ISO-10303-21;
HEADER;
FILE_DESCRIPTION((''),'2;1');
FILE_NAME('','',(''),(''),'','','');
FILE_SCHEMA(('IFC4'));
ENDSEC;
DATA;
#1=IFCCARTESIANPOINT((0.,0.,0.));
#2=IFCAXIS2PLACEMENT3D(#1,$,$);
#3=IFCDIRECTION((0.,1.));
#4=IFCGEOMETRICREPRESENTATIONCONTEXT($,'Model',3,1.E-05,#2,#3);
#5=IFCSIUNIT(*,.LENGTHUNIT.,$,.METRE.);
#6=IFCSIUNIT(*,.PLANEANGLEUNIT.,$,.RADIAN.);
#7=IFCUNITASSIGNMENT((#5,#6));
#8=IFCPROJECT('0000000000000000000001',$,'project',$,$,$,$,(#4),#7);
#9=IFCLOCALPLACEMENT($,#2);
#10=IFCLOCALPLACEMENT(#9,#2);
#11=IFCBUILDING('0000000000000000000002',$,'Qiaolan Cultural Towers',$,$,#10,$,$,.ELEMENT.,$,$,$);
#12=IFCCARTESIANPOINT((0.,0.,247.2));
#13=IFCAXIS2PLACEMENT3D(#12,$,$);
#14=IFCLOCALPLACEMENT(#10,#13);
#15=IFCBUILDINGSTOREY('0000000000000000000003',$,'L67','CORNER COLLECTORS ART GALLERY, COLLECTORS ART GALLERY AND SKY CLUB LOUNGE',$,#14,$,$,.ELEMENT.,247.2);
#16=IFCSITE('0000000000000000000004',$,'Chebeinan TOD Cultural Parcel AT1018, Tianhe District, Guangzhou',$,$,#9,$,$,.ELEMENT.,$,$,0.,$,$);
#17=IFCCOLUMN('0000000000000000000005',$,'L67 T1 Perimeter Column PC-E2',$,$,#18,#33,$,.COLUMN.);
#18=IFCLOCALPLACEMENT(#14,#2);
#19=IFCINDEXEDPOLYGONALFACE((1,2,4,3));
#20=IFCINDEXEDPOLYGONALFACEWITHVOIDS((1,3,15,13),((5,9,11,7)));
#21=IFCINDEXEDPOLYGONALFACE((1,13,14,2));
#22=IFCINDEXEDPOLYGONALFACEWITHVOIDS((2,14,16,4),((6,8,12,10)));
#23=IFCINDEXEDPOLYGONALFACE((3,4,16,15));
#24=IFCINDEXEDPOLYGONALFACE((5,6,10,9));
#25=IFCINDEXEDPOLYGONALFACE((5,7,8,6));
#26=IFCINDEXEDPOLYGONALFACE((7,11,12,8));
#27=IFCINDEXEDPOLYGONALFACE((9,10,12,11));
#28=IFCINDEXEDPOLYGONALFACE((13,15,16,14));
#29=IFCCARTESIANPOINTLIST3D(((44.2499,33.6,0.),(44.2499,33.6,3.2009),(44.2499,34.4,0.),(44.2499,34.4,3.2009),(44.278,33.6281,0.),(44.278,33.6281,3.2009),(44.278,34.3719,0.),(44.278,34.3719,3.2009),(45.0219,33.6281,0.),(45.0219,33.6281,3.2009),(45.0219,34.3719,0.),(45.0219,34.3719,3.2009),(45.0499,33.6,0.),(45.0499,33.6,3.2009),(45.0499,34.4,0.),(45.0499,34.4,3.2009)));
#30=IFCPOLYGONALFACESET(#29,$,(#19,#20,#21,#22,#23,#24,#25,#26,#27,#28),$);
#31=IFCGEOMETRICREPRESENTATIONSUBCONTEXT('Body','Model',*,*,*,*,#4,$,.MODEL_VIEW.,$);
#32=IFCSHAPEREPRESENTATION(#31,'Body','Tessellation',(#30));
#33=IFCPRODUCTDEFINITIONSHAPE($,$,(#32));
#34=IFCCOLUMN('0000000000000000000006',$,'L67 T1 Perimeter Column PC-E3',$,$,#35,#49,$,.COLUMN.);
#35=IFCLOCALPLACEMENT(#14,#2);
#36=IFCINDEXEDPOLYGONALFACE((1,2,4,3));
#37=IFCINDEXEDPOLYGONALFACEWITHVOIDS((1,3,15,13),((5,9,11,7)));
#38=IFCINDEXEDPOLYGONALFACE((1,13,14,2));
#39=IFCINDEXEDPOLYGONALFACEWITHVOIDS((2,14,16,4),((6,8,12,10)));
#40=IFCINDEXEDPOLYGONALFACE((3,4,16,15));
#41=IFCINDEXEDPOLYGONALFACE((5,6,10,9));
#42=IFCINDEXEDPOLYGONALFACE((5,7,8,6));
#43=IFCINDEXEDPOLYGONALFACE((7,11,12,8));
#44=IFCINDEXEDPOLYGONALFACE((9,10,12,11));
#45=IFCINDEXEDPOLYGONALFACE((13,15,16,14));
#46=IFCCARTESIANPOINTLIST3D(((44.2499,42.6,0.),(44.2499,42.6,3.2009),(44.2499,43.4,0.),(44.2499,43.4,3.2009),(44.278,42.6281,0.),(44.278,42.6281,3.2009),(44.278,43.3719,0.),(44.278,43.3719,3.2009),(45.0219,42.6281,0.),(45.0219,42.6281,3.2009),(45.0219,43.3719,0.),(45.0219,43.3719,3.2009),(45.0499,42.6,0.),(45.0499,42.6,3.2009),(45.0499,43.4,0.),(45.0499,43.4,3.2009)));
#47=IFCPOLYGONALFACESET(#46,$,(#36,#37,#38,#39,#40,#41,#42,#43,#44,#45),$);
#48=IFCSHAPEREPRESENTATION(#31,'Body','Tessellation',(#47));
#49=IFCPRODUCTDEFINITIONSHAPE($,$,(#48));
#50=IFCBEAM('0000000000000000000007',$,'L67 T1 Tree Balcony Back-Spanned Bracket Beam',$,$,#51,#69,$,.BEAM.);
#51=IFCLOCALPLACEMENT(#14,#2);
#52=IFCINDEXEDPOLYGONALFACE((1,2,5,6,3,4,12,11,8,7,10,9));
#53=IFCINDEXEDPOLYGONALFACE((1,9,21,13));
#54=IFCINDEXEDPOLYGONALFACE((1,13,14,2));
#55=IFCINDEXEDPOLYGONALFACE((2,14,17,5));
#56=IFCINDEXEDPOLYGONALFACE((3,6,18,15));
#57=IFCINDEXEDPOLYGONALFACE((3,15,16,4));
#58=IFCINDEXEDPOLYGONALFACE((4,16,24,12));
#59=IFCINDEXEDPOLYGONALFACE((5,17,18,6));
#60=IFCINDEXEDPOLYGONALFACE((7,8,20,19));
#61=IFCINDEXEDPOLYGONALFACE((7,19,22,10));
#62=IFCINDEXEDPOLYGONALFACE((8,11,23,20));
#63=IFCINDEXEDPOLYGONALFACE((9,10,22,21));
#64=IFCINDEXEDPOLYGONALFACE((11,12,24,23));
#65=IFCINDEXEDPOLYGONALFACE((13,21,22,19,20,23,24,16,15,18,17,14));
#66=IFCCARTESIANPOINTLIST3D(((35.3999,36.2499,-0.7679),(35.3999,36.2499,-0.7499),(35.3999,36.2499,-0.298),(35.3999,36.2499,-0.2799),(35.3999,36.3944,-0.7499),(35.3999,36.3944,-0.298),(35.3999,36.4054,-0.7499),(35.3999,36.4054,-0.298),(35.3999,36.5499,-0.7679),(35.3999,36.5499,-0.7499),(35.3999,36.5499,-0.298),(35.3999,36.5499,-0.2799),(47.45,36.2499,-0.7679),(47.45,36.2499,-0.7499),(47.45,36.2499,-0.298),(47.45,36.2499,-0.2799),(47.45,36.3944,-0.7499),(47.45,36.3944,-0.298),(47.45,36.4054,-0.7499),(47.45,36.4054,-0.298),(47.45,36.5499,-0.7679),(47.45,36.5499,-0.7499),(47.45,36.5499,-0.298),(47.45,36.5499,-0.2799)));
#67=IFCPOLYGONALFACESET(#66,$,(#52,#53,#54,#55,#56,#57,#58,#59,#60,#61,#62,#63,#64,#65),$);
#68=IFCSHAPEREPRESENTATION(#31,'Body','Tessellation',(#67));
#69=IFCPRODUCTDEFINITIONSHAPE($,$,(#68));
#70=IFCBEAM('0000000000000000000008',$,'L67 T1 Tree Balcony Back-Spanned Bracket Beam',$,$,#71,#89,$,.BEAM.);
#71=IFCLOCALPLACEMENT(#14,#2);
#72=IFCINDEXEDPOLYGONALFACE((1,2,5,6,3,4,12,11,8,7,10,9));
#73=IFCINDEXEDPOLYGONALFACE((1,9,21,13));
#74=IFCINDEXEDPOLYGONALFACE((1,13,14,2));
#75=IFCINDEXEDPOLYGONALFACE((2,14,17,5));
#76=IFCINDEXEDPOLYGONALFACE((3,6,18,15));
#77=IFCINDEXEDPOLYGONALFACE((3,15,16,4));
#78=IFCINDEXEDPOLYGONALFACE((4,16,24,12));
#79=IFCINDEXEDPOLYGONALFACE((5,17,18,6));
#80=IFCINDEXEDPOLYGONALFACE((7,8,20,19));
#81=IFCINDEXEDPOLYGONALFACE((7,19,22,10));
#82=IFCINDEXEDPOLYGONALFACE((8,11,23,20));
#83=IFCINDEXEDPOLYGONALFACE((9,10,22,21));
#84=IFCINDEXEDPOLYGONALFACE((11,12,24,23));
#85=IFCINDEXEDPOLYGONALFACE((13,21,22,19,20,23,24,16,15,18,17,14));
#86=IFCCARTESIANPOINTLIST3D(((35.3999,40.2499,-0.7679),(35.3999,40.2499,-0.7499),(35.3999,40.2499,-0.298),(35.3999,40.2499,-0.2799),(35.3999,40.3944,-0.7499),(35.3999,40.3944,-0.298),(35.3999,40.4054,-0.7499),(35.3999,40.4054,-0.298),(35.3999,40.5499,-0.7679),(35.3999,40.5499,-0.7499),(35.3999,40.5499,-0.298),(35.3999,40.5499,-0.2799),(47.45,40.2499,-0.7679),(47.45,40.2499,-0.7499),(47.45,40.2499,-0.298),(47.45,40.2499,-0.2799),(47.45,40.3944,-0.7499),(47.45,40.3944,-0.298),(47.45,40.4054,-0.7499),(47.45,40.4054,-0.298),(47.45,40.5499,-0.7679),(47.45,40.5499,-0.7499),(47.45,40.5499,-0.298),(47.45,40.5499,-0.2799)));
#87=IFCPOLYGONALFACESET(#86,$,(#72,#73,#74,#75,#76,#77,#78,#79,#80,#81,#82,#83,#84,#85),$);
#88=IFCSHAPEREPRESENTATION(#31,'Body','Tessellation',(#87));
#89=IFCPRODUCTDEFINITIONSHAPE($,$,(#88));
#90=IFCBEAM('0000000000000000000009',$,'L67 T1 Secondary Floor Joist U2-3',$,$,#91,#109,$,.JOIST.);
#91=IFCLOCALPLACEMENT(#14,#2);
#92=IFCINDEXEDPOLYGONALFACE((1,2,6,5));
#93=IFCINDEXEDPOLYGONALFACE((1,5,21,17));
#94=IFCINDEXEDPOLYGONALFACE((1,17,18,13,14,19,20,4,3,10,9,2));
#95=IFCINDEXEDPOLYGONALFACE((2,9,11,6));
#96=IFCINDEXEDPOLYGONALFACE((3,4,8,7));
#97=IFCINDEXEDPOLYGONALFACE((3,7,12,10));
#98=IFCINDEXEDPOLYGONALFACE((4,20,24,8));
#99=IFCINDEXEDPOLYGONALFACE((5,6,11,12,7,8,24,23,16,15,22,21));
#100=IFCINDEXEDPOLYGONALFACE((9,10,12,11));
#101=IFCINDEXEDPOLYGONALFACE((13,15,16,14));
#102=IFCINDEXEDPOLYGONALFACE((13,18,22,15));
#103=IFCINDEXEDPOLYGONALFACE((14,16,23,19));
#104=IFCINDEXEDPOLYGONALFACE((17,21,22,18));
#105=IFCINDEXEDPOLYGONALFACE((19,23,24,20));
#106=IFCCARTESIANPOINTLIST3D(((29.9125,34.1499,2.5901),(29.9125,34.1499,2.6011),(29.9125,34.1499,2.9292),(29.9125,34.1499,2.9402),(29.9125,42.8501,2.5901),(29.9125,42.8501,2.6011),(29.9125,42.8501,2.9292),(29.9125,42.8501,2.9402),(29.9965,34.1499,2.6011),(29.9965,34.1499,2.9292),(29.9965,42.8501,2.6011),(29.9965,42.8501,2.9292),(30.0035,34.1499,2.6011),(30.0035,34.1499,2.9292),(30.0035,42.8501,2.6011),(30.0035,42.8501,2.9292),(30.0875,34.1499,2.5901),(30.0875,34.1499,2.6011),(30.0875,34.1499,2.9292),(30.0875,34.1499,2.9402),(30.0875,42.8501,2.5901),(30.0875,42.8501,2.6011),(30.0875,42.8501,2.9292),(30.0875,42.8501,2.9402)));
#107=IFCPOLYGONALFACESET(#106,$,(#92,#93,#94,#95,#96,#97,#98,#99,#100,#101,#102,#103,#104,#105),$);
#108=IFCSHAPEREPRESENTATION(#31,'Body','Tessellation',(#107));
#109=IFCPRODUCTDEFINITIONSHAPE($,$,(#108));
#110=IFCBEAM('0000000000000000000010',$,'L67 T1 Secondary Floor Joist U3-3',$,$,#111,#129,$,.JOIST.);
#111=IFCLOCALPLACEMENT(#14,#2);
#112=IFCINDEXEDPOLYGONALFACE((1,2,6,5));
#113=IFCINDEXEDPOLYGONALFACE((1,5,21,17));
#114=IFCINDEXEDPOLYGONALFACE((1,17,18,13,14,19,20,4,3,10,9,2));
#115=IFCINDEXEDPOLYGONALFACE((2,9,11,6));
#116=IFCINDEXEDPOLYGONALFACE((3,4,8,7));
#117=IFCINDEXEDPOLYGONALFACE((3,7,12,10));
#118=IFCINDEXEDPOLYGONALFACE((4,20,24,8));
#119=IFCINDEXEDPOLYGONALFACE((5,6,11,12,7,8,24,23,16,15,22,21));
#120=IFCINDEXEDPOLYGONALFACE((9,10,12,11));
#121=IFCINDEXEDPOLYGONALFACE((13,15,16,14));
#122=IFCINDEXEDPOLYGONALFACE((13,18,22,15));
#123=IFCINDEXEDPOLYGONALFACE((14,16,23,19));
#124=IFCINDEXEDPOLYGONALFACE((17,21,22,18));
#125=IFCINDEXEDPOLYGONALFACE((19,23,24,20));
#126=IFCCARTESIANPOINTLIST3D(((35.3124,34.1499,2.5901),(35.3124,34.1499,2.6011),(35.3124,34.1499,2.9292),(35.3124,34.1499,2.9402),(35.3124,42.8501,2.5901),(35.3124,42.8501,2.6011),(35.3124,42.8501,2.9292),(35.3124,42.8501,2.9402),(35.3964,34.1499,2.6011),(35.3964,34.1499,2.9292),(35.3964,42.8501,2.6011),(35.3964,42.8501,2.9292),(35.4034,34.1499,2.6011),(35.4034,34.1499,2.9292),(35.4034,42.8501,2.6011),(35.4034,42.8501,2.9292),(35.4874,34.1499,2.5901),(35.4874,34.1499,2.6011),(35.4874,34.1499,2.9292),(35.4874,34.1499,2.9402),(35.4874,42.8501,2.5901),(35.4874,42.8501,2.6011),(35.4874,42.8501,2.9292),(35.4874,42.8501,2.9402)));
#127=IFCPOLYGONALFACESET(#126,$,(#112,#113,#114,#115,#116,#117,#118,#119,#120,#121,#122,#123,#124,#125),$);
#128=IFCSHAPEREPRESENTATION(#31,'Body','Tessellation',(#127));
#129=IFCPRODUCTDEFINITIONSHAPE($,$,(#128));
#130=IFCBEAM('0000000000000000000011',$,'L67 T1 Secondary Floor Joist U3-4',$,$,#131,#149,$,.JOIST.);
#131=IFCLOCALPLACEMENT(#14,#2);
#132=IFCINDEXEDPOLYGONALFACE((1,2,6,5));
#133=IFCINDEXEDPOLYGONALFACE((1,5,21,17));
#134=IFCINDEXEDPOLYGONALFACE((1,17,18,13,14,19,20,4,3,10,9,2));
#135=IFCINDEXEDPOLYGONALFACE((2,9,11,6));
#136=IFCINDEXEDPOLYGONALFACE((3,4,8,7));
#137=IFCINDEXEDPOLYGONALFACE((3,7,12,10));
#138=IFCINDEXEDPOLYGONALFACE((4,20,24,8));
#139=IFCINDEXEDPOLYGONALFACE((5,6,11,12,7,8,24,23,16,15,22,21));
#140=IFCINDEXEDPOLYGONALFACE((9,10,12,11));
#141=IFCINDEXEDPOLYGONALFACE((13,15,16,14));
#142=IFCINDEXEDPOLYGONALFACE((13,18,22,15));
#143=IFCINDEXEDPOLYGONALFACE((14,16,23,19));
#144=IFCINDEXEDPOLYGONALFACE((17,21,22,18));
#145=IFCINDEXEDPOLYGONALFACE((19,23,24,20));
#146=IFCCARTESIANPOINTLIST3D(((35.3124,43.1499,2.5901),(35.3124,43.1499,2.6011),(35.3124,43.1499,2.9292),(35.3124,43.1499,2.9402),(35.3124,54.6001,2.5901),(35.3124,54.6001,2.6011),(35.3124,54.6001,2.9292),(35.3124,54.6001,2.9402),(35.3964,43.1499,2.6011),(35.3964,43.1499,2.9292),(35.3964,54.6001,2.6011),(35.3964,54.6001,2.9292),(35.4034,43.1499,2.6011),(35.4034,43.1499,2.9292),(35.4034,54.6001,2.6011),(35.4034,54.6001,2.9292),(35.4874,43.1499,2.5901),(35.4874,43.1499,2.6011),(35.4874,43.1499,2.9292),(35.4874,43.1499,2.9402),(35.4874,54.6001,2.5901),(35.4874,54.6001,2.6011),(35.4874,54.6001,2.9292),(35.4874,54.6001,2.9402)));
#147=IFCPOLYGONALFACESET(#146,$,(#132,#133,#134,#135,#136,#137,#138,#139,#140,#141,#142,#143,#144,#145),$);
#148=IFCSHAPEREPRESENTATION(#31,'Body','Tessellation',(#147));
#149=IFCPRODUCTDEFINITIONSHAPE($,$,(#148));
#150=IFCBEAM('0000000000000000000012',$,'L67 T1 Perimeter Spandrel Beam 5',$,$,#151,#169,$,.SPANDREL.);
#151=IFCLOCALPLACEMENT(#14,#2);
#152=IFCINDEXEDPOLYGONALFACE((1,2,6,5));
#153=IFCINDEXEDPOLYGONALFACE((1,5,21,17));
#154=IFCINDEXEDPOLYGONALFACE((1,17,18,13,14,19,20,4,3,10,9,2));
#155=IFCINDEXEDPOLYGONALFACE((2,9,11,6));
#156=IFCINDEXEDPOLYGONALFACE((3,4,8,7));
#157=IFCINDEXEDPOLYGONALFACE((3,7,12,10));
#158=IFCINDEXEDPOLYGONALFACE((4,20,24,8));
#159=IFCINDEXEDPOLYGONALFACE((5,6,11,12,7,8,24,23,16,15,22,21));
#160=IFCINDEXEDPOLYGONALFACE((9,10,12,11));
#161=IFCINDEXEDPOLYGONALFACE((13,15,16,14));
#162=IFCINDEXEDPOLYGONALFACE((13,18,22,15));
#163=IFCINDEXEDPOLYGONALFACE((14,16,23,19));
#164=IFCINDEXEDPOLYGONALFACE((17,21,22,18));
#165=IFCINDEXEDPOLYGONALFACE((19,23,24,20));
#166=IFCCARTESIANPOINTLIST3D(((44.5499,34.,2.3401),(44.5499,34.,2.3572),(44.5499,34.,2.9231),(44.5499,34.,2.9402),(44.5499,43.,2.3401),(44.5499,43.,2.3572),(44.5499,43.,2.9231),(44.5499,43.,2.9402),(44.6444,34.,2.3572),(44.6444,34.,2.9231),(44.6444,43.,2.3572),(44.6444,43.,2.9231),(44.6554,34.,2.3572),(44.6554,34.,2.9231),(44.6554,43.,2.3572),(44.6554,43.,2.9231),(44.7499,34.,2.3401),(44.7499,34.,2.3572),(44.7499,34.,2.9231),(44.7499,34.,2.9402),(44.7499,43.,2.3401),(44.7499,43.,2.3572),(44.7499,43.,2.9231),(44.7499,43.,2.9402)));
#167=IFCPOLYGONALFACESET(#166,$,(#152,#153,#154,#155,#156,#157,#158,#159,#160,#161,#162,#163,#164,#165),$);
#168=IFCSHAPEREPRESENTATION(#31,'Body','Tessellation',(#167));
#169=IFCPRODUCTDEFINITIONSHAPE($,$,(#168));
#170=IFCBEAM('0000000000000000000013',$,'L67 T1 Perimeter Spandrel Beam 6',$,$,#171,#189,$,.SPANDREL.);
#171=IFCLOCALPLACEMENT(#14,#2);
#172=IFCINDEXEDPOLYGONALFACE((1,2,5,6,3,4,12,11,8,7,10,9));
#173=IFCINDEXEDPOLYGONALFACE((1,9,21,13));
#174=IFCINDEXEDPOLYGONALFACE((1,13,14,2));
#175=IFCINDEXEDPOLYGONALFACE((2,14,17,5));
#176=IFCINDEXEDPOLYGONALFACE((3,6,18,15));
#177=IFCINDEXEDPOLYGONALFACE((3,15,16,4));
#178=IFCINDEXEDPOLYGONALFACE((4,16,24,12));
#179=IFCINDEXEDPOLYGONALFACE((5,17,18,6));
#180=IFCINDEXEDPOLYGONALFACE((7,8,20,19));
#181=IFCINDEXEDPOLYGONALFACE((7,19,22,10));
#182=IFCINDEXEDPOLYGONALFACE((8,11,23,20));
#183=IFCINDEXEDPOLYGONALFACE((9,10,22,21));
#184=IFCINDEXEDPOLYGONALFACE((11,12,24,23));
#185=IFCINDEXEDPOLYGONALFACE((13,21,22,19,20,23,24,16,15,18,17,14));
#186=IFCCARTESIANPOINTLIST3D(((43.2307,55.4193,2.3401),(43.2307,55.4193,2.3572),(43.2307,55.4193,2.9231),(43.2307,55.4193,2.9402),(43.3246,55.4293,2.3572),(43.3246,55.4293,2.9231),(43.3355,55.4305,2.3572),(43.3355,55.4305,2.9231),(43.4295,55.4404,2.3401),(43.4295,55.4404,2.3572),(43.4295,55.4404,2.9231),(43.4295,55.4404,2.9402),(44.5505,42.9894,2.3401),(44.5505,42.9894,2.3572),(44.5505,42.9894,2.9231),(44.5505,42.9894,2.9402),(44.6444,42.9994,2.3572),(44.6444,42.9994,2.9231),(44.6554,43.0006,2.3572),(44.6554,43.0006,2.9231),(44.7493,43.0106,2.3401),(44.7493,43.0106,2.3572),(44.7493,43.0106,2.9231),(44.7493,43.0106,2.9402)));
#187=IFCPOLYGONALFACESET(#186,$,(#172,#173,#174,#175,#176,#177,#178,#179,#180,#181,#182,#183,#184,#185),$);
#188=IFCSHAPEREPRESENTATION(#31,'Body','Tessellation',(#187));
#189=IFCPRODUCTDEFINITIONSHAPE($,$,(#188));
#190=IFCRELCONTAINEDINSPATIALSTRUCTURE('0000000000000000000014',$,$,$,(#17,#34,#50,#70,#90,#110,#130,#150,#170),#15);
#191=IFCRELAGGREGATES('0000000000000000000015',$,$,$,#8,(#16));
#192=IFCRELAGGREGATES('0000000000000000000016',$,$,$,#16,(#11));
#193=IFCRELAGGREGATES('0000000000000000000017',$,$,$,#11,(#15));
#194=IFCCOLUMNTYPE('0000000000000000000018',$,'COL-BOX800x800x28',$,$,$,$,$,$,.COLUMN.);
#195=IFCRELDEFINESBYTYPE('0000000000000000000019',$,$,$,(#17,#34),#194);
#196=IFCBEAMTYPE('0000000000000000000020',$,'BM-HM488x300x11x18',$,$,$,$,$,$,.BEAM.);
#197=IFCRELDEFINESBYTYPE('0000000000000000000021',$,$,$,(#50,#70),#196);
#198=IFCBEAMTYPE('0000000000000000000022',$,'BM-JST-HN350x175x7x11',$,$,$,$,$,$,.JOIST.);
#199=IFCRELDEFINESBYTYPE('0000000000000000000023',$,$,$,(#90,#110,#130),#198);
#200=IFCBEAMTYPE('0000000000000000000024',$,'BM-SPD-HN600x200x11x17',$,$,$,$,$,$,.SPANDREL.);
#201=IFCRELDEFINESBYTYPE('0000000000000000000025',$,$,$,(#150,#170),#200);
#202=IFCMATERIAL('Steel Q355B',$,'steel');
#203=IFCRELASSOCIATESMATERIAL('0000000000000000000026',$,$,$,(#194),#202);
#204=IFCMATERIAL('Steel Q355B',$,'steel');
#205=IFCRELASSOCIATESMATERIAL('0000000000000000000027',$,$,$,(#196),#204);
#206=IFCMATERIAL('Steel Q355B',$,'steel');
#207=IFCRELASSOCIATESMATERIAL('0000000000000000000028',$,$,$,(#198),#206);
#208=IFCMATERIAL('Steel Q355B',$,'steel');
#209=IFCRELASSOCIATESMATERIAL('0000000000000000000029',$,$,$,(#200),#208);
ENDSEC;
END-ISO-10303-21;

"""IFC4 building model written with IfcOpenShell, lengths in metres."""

from ifc_helpers import new_model, si_unit, direction, frame, origin, origin_2d, place, context, subcontext, project, spatial, hollow_rectangle, i_section, extrude, material, material_profile, profile_set, type_object, element, save


model = new_model("IFC4")

# Units and contexts
model_context = context("Model", 3, precision=1e-05, world=origin(), true_north=direction((0.0, 1.0)))
body_context = subcontext(model_context, "Body", "Model", "MODEL_VIEW")
ifc_project = project(units=[si_unit("LENGTHUNIT", "METRE"), si_unit("PLANEANGLEUNIT", "RADIAN")], contexts=[model_context])

# Site, building, storey
site_placement = place(None, origin())
site = spatial("IfcSite", under=ifc_project, at=site_placement, Name="Chebeinan TOD Cultural Parcel AT1018, Tianhe District, Guangzhou", CompositionType="ELEMENT", RefElevation=0.0)
building_placement = place(site_placement, origin())
building = spatial("IfcBuilding", under=site, at=building_placement, Name="Qiaolan Cultural Towers", CompositionType="ELEMENT")
storey_placement = place(building_placement, frame((0.0, 0.0, 247.2)))
storey = spatial("IfcBuildingStorey", under=building, at=storey_placement, Name="L67", Description="CORNER COLLECTORS ART GALLERY, COLLECTORS ART GALLERY AND SKY CLUB LOUNGE", CompositionType="ELEMENT", Elevation=247.2)

# Columns
ifc_material_1 = material(Name="Steel Q355B", Category="steel")
ifc_material_profile_1 = material_profile(ifc_material_1, hollow_rectangle(XDim=0.8, YDim=0.8, WallThickness=0.0281, at=origin_2d()), Name="BOX800x800x28")
ifc_profile_set_1 = profile_set([ifc_material_profile_1], Name="Steel Q355B")
column_type = type_object("IfcColumnType", Name="COL-BOX800x800x28", PredefinedType="COLUMN", material=ifc_profile_set_1)
for number, where, z_axis, x_axis, name in (
    (1, (44.6499, 34.0, 0.0), (0.0, 0.0, 1.0), (1.0, 0.0, 0.0), "L67 T1 Perimeter Column PC-E2"),
    (2, (44.6499, 43.0, 0.0), (0.0, 0.0, 1.0), (1.0, 0.0, 0.0), "L67 T1 Perimeter Column PC-E3"),
):
    element("IfcColumn", number, at=place(storey_placement, frame(where, z_axis=z_axis, x_axis=x_axis)), inside=storey, type_object=column_type, Name=name, PredefinedType="COLUMN", context=body_context, shape_type="SweptSolid", body=[
        extrude(hollow_rectangle(XDim=0.8, YDim=0.8, WallThickness=0.0281, at=origin_2d()), origin(), (0.0, 0.0, 1.0), 3.2009),
    ])

# Beams
ifc_material_2 = material(Name="Steel Q355B", Category="steel")
ifc_material_profile_2 = material_profile(ifc_material_2, i_section(OverallWidth=0.3, OverallDepth=0.488, WebThickness=0.011, FlangeThickness=0.0181, at=origin_2d()), Name="HM488x300x11x18")
ifc_profile_set_2 = profile_set([ifc_material_profile_2], Name="Steel Q355B")
beam_type_1 = type_object("IfcBeamType", Name="BM-HM488x300x11x18", PredefinedType="BEAM", material=ifc_profile_set_2)
for number, where, z_axis, x_axis, name in (
    (3, (35.3999, 36.3999, -0.5239), (1.0, 0.0, 0.0), (0.0, 1.0, 0.0), "L67 T1 Tree Balcony Back-Spanned Bracket Beam"),
    (4, (35.3999, 40.3999, -0.5239), (1.0, 0.0, 0.0), (0.0, 1.0, 0.0), "L67 T1 Tree Balcony Back-Spanned Bracket Beam"),
):
    element("IfcBeam", number, at=place(storey_placement, frame(where, z_axis=z_axis, x_axis=x_axis)), inside=storey, type_object=beam_type_1, Name=name, PredefinedType="BEAM", context=body_context, shape_type="SweptSolid", body=[
        extrude(i_section(OverallWidth=0.3, OverallDepth=0.488, WebThickness=0.011, FlangeThickness=0.0181, at=origin_2d()), origin(), (0.0, 0.0, 1.0), 12.05),
    ])
ifc_material_3 = material(Name="Steel Q355B", Category="steel")
ifc_material_profile_3 = material_profile(ifc_material_3, i_section(OverallWidth=0.175, OverallDepth=0.3501, WebThickness=0.0071, FlangeThickness=0.011, at=origin_2d()), Name="HN350x175x7x11")
ifc_profile_set_3 = profile_set([ifc_material_profile_3], Name="Steel Q355B")
beam_type_2 = type_object("IfcBeamType", Name="BM-JST-HN350x175x7x11", PredefinedType="JOIST", material=ifc_profile_set_3)
for number, where, z_axis, x_axis, name in (
    (5, (30.0, 34.1499, 2.7651), (0.0, 1.0, 0.0), (-1.0, 0.0, 0.0), "L67 T1 Secondary Floor Joist U2-3"),
    (6, (35.3999, 34.1499, 2.7651), (0.0, 1.0, 0.0), (-1.0, 0.0, 0.0), "L67 T1 Secondary Floor Joist U3-3"),
):
    element("IfcBeam", number, at=place(storey_placement, frame(where, z_axis=z_axis, x_axis=x_axis)), inside=storey, type_object=beam_type_2, Name=name, PredefinedType="JOIST", context=body_context, shape_type="SweptSolid", body=[
        extrude(i_section(OverallWidth=0.175, OverallDepth=0.3501, WebThickness=0.0071, FlangeThickness=0.011, at=origin_2d()), origin(), (0.0, 0.0, 1.0), 8.7002),
    ])
beam_1_placement = place(storey_placement, frame((35.3999, 43.1499, 2.7651), z_axis=(0.0, 1.0, 0.0), x_axis=(-1.0, 0.0, 0.0)))
element("IfcBeam", 7, at=beam_1_placement, inside=storey, type_object=beam_type_2, Name="L67 T1 Secondary Floor Joist U3-4", PredefinedType="JOIST", context=body_context, shape_type="SweptSolid", body=[
    extrude(i_section(OverallWidth=0.175, OverallDepth=0.3501, WebThickness=0.0071, FlangeThickness=0.011, at=origin_2d()), origin(), (0.0, 0.0, 1.0), 11.4502),
])
ifc_material_4 = material(Name="Steel Q355B", Category="steel")
ifc_material_profile_4 = material_profile(ifc_material_4, i_section(OverallWidth=0.2, OverallDepth=0.6001, WebThickness=0.011, FlangeThickness=0.0171, at=origin_2d()), Name="HN600x200x11x17")
ifc_profile_set_4 = profile_set([ifc_material_profile_4], Name="Steel Q355B")
beam_type_3 = type_object("IfcBeamType", Name="BM-SPD-HN600x200x11x17", PredefinedType="SPANDREL", material=ifc_profile_set_4)
beam_2_placement = place(storey_placement, frame((44.6499, 34.0, 2.6401), z_axis=(0.0, 1.0, 0.0), x_axis=(-1.0, 0.0, 0.0)))
element("IfcBeam", 8, at=beam_2_placement, inside=storey, type_object=beam_type_3, Name="L67 T1 Perimeter Spandrel Beam 5", PredefinedType="SPANDREL", context=body_context, shape_type="SweptSolid", body=[
    extrude(i_section(OverallWidth=0.2, OverallDepth=0.6001, WebThickness=0.011, FlangeThickness=0.0171, at=origin_2d()), origin(), (0.0, 0.0, 1.0), 9.0),
])
beam_3_placement = place(storey_placement, frame((44.6499, 43.0, 2.6401), z_axis=(-0.105588, 0.99441, 0.0), x_axis=(-0.99441, -0.105588, 0.0)))
element("IfcBeam", 9, at=beam_3_placement, inside=storey, type_object=beam_type_3, Name="L67 T1 Perimeter Spandrel Beam 6", PredefinedType="SPANDREL", context=body_context, shape_type="SweptSolid", body=[
    extrude(i_section(OverallWidth=0.2, OverallDepth=0.6001, WebThickness=0.011, FlangeThickness=0.0171, at=origin_2d()), origin(), (0.0, 0.0, 1.0), 12.4998),
])

save(model, "model.ifc")
